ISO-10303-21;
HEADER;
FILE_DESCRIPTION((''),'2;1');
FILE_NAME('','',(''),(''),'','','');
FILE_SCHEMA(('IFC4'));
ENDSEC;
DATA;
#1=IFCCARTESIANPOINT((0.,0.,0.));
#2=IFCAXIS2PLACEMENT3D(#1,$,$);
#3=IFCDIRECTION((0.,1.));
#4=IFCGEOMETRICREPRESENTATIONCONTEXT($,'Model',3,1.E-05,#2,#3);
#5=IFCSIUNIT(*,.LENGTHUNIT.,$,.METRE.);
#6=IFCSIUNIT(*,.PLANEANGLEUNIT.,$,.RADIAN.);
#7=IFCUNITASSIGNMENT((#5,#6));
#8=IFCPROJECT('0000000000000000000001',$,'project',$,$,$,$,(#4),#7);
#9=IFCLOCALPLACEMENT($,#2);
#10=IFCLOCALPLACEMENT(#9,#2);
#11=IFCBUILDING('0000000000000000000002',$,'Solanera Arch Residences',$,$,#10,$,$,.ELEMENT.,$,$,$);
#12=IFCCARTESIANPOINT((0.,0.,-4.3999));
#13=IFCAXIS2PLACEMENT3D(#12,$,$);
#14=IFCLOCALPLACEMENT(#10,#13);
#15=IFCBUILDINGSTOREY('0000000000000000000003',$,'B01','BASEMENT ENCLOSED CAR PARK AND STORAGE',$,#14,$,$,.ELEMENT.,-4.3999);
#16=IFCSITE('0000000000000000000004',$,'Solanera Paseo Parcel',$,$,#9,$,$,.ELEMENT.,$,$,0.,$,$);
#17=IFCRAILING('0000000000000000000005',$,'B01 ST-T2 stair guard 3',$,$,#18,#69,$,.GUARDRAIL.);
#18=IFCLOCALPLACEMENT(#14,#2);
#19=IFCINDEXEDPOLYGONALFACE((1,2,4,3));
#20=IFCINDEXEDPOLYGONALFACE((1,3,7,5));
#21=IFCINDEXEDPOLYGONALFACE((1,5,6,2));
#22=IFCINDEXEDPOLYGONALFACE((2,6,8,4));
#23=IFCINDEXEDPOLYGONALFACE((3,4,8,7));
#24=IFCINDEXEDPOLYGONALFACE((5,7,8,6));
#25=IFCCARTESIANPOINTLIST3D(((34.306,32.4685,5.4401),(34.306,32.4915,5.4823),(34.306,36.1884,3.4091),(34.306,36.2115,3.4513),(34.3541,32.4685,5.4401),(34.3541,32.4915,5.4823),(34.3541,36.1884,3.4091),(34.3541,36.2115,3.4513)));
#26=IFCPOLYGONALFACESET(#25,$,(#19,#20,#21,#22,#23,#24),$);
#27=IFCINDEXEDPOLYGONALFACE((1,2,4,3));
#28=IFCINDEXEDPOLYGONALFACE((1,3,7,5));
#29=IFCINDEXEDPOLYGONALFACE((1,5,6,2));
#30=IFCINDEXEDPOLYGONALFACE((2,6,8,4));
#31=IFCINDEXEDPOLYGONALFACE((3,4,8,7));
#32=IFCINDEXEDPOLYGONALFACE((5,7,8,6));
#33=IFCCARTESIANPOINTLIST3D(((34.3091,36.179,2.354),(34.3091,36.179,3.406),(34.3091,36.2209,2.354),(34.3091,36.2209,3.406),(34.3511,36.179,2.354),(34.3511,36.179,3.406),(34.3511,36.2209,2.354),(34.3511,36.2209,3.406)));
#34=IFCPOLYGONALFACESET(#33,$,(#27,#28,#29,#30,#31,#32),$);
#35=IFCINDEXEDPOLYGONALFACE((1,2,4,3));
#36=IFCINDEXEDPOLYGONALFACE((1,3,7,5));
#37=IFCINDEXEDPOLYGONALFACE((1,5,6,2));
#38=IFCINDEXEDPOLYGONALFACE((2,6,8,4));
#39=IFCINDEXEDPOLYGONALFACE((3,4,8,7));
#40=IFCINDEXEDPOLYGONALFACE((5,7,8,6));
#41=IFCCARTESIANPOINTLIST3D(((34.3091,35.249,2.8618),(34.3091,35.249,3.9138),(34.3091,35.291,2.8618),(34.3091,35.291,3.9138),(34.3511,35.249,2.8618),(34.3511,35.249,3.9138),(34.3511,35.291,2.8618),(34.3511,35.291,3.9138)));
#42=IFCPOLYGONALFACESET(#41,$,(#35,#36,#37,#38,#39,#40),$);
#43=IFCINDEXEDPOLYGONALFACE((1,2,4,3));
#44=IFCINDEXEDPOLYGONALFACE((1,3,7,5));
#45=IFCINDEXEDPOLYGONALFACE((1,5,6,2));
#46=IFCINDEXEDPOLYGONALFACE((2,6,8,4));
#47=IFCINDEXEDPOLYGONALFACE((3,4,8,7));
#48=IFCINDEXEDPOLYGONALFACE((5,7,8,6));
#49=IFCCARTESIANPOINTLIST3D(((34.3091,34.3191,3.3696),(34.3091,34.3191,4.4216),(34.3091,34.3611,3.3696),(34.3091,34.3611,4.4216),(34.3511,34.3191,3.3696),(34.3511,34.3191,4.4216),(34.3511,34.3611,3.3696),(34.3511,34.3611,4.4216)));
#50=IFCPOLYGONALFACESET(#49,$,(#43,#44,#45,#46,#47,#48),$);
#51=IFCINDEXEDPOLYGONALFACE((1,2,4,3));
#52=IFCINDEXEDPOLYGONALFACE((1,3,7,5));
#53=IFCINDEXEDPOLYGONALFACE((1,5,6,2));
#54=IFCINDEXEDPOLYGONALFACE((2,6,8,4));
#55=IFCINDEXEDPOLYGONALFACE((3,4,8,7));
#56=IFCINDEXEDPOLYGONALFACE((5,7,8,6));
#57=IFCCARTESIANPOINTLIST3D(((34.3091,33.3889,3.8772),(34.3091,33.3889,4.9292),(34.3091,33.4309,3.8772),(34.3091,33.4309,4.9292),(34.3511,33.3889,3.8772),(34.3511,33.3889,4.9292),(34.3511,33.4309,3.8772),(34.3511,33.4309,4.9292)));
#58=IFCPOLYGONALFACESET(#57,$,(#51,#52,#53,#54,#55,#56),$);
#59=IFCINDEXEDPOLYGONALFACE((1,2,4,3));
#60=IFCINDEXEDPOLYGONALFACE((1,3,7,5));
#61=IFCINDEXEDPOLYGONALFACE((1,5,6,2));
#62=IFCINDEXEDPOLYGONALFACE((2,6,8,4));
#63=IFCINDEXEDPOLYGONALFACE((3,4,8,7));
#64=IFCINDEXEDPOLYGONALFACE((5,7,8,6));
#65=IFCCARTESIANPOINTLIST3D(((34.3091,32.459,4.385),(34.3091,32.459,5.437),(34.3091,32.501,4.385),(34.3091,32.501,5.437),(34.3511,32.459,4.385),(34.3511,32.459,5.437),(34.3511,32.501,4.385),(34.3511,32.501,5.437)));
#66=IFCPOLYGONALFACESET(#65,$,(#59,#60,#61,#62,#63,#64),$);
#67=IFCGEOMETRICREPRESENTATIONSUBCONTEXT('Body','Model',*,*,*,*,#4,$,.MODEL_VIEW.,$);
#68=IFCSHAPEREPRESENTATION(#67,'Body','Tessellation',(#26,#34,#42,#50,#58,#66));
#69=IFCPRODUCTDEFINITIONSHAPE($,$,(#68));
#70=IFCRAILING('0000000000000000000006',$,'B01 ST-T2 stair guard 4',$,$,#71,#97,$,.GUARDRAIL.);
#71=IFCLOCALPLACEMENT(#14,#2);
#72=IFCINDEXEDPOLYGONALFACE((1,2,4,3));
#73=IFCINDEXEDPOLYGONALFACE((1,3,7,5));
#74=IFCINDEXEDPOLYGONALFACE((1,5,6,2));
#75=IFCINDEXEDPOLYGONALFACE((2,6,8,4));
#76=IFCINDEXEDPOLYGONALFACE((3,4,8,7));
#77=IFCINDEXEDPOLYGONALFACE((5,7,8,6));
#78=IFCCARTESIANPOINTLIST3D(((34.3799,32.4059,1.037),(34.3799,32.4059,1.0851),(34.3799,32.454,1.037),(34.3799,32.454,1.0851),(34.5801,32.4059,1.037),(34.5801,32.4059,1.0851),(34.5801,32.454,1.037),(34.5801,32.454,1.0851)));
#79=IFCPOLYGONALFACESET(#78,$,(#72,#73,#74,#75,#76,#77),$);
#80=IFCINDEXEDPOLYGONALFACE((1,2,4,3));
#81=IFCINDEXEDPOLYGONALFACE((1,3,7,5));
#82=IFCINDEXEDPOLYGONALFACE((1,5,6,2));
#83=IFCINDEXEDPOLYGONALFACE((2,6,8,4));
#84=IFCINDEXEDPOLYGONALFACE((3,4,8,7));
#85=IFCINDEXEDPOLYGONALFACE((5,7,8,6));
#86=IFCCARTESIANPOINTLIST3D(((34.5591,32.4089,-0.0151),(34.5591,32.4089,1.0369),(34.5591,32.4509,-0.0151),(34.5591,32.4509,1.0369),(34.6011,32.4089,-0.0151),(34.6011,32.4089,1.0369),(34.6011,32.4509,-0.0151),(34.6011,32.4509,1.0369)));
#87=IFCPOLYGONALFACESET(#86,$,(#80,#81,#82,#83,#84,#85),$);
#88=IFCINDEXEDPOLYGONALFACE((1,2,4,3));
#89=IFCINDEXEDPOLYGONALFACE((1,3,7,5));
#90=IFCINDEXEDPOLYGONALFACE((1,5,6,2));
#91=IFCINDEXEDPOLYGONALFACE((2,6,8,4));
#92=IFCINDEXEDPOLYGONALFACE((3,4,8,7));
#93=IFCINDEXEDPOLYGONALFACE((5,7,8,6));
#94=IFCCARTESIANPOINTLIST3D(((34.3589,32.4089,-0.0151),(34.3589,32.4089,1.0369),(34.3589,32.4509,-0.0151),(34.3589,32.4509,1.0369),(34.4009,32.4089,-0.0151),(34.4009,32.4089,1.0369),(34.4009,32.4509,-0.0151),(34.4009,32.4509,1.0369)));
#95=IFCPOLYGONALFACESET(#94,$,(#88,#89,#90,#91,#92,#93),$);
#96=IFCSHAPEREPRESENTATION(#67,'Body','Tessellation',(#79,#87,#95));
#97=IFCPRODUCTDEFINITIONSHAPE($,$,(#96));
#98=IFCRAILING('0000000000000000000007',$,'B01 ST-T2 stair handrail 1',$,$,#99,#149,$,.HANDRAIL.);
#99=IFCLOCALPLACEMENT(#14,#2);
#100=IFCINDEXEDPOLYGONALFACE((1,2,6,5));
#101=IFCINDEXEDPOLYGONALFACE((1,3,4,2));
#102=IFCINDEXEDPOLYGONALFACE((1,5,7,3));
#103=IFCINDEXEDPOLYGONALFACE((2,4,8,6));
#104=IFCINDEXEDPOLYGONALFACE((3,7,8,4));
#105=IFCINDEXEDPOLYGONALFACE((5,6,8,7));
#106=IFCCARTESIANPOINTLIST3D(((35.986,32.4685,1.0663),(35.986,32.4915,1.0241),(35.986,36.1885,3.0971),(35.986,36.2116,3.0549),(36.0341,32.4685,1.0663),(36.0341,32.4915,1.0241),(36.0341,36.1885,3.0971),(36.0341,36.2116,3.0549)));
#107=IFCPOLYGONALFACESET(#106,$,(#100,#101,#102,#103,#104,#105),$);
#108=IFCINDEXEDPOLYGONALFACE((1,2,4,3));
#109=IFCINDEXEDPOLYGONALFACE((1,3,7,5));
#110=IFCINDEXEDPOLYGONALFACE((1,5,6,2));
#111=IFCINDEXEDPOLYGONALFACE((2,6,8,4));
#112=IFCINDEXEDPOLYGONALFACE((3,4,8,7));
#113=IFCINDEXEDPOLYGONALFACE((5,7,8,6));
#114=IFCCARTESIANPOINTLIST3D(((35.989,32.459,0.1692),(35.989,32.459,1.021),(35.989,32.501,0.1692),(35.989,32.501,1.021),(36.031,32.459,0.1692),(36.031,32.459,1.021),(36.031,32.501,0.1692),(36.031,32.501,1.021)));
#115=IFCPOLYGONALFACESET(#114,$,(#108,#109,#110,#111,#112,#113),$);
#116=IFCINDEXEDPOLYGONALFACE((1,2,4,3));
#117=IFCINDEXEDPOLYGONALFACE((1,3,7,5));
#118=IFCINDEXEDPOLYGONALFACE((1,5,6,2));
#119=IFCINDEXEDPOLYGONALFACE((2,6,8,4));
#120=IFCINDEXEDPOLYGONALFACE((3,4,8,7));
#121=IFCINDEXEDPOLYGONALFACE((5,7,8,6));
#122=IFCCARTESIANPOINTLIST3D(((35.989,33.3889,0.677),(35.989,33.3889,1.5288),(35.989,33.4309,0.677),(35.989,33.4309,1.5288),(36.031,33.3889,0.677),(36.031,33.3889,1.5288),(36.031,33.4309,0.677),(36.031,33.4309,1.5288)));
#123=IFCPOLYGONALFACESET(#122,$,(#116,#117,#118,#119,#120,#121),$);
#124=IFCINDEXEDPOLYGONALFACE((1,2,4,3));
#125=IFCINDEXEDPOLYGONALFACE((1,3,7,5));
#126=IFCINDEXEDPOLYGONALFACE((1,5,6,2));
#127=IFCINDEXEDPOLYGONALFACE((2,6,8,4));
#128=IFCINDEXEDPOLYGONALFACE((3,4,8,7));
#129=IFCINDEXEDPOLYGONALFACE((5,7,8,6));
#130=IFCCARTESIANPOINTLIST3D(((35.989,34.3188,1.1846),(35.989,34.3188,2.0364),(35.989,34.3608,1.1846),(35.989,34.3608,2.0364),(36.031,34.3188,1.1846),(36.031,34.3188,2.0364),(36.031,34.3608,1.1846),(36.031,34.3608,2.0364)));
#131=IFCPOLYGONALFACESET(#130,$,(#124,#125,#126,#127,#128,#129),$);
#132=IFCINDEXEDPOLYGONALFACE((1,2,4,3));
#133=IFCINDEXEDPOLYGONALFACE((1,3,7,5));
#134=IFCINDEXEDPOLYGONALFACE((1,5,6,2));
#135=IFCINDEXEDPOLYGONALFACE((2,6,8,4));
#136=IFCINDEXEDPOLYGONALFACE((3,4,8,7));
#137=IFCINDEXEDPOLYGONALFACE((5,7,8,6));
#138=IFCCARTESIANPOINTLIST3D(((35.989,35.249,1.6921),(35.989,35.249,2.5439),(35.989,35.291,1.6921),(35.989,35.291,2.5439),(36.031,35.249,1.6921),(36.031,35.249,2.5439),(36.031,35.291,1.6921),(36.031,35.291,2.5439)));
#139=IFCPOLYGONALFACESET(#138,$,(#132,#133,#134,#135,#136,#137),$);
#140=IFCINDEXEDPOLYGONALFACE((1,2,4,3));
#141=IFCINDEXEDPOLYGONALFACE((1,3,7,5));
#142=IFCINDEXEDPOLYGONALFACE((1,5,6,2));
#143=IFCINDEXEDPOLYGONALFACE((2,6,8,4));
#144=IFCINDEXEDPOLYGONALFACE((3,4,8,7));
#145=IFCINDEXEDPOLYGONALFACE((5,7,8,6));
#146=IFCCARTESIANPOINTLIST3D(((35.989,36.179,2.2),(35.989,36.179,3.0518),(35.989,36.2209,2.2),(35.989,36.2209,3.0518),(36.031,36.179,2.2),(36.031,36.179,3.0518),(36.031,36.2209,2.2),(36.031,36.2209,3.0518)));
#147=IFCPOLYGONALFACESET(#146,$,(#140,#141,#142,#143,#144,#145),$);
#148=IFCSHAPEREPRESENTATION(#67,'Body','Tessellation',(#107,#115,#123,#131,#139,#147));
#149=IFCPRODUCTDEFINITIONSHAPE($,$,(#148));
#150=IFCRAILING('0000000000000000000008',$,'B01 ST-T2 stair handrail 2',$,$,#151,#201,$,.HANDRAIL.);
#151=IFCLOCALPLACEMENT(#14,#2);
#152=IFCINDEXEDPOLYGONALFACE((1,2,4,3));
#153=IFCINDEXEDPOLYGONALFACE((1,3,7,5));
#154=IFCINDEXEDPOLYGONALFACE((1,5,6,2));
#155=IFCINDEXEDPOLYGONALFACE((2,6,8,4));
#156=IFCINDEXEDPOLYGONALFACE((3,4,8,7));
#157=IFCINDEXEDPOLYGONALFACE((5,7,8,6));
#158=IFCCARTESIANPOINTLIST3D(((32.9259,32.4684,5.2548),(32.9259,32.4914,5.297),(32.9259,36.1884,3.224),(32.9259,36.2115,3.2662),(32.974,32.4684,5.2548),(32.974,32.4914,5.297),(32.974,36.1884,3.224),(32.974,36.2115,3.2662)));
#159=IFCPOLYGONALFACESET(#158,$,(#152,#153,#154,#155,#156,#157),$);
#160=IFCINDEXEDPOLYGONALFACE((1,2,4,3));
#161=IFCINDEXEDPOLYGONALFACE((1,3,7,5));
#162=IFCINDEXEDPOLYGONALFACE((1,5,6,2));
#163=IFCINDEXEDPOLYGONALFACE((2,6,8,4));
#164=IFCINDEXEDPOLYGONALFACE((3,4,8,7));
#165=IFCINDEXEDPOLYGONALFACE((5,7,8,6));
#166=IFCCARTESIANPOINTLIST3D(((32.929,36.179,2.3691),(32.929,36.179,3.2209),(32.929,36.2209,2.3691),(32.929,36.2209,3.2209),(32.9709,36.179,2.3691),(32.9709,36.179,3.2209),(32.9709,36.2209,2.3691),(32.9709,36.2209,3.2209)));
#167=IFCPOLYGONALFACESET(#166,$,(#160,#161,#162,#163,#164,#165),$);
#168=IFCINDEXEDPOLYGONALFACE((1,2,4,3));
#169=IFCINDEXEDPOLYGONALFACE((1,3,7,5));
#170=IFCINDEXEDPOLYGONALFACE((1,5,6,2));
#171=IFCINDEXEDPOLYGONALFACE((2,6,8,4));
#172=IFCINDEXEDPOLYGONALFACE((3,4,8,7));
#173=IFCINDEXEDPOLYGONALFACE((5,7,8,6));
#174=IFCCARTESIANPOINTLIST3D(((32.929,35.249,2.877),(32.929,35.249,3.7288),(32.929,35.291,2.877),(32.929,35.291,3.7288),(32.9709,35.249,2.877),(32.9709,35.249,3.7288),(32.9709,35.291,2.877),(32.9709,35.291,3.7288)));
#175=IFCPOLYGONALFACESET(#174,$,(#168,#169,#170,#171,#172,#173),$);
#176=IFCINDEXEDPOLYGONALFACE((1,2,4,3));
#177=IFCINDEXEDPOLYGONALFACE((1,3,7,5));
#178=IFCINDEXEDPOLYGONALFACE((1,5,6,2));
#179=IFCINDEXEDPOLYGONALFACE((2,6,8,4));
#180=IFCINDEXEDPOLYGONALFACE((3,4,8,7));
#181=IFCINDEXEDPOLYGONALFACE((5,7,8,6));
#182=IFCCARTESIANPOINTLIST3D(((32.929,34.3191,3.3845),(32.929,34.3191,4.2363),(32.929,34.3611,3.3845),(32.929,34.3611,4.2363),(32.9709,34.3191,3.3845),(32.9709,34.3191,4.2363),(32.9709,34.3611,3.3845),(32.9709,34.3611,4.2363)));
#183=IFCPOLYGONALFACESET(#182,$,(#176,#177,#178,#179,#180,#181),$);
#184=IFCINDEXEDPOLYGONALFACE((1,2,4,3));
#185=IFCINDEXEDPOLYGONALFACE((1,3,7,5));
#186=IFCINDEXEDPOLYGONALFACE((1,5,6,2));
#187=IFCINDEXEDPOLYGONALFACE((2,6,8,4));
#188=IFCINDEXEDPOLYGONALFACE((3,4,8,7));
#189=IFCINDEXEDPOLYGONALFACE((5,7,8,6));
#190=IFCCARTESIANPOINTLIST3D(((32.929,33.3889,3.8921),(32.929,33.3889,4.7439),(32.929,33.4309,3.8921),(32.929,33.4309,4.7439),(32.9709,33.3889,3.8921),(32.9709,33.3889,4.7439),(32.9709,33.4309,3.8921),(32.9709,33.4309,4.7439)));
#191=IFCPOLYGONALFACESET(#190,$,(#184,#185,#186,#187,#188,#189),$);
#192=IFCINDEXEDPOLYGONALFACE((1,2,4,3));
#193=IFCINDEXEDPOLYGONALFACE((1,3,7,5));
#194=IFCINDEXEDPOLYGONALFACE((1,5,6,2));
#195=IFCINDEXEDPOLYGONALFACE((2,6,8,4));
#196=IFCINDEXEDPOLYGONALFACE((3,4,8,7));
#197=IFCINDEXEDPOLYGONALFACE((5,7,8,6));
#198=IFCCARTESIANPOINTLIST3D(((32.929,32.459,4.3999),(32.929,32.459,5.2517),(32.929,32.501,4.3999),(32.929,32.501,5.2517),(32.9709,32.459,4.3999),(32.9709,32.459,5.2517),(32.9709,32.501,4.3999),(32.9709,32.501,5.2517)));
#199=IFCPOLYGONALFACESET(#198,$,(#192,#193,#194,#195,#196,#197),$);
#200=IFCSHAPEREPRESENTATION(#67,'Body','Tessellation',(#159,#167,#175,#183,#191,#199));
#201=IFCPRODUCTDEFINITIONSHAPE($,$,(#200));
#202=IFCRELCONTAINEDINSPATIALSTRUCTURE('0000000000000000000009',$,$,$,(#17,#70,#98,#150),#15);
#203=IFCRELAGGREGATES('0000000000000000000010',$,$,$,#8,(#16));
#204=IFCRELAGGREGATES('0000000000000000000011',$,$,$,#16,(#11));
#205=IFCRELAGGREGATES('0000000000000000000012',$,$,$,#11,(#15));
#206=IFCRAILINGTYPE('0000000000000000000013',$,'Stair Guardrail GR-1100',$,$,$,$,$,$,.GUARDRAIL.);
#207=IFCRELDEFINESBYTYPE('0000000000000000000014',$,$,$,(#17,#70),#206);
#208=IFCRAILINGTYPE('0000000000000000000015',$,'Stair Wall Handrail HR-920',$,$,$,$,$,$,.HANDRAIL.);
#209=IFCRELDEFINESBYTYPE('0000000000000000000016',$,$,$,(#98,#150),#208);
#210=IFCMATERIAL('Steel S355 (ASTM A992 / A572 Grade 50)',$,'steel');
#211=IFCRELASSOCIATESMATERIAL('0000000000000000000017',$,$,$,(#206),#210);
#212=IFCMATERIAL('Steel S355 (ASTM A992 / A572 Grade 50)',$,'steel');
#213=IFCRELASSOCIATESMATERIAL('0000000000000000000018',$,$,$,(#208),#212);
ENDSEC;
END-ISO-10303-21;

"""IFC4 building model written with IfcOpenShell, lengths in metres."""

from ifc_helpers import new_model, si_unit, direction, frame, origin, origin_2d, place, context, subcontext, project, spatial, rectangle, extrude, material, type_object, element, save


model = new_model("IFC4")

# Units and contexts
model_context = context("Model", 3, precision=1e-05, world=origin(), true_north=direction((0.0, 1.0)))
body_context = subcontext(model_context, "Body", "Model", "MODEL_VIEW")
ifc_project = project(units=[si_unit("LENGTHUNIT", "METRE"), si_unit("PLANEANGLEUNIT", "RADIAN")], contexts=[model_context])

# Site, building, storey
site_placement = place(None, origin())
site = spatial("IfcSite", under=ifc_project, at=site_placement, Name="Solanera Paseo Parcel", CompositionType="ELEMENT", RefElevation=0.0)
building_placement = place(site_placement, origin())
building = spatial("IfcBuilding", under=site, at=building_placement, Name="Solanera Arch Residences", CompositionType="ELEMENT")
storey_placement = place(building_placement, frame((0.0, 0.0, -4.3999)))
storey = spatial("IfcBuildingStorey", under=building, at=storey_placement, Name="B01", Description="BASEMENT ENCLOSED CAR PARK AND STORAGE", CompositionType="ELEMENT", Elevation=-4.3999)

# Railings
ifc_material_1 = material(Name="Steel S355 (ASTM A992 / A572 Grade 50)", Category="steel")
railing_type_1 = type_object("IfcRailingType", Name="Stair Guardrail GR-1100", PredefinedType="GUARDRAIL", material=ifc_material_1)
railing_1_placement = place(storey_placement, frame((34.3301, 36.2, 2.354)))
element("IfcRailing", 1, at=railing_1_placement, inside=storey, type_object=railing_type_1, Name="B01 ST-T2 stair guard 3", PredefinedType="GUARDRAIL", context=body_context, shape_type="SweptSolid", body=[
    extrude(rectangle(XDim=0.0481, YDim=0.0481, at=origin_2d()), frame((0.0, 0.0, 1.0762), z_axis=(0.0, -0.877704, 0.479203), x_axis=(1.0, 0.0, 0.0)), (0.0, 0.0, 1.0), 4.2383),
    extrude(rectangle(XDim=0.042, YDim=0.042, at=origin_2d()), origin(), (0.0, 0.0, 1.0), 1.052),
    extrude(rectangle(XDim=0.042, YDim=0.042, at=origin_2d()), frame((0.0, -0.9299, 0.5078)), (0.0, 0.0, 1.0), 1.052),
    extrude(rectangle(XDim=0.042, YDim=0.042, at=origin_2d()), frame((0.0, -1.8599, 1.0156)), (0.0, 0.0, 1.0), 1.052),
    extrude(rectangle(XDim=0.042, YDim=0.042, at=origin_2d()), frame((0.0, -2.79, 1.5232)), (0.0, 0.0, 1.0), 1.052),
    extrude(rectangle(XDim=0.042, YDim=0.042, at=origin_2d()), frame((0.0, -3.72, 2.031)), (0.0, 0.0, 1.0), 1.052),
])
railing_2_placement = place(storey_placement, frame((34.5801, 32.4299, -0.0151)))
element("IfcRailing", 2, at=railing_2_placement, inside=storey, type_object=railing_type_1, Name="B01 ST-T2 stair guard 4", PredefinedType="GUARDRAIL", context=body_context, shape_type="SweptSolid", body=[
    extrude(rectangle(XDim=0.0481, YDim=0.0481, at=origin_2d()), frame((0.0, 0.0, 1.0762), z_axis=(-1.0, 0.0, 0.0), x_axis=(0.0, -1.0, 0.0)), (0.0, 0.0, 1.0), 0.2002),
    extrude(rectangle(XDim=0.042, YDim=0.042, at=origin_2d()), origin(), (0.0, 0.0, 1.0), 1.052),
    extrude(rectangle(XDim=0.042, YDim=0.042, at=origin_2d()), frame((-0.2002, 0.0, 0.0)), (0.0, 0.0, 1.0), 1.052),
])
ifc_material_2 = material(Name="Steel S355 (ASTM A992 / A572 Grade 50)", Category="steel")
railing_type_2 = type_object("IfcRailingType", Name="Stair Wall Handrail HR-920", PredefinedType="HANDRAIL", material=ifc_material_2)
railing_3_placement = place(storey_placement, frame((36.01, 32.48, 0.1692)))
element("IfcRailing", 3, at=railing_3_placement, inside=storey, type_object=railing_type_2, Name="B01 ST-T2 stair handrail 1", PredefinedType="HANDRAIL", context=body_context, shape_type="SweptSolid", body=[
    extrude(rectangle(XDim=0.0481, YDim=0.0481, at=origin_2d()), frame((0.0, 0.0, 0.876), z_axis=(0.0, 0.877728, 0.479159), x_axis=(-1.0, 0.0, 0.0)), (0.0, 0.0, 1.0), 4.2383),
    extrude(rectangle(XDim=0.042, YDim=0.042, at=origin_2d()), origin(), (0.0, 0.0, 1.0), 0.8518),
    extrude(rectangle(XDim=0.042, YDim=0.042, at=origin_2d()), frame((0.0, 0.9299, 0.5078)), (0.0, 0.0, 1.0), 0.8518),
    extrude(rectangle(XDim=0.042, YDim=0.042, at=origin_2d()), frame((0.0, 1.8599, 1.0154)), (0.0, 0.0, 1.0), 0.8518),
    extrude(rectangle(XDim=0.042, YDim=0.042, at=origin_2d()), frame((0.0, 2.79, 1.5229)), (0.0, 0.0, 1.0), 0.8518),
    extrude(rectangle(XDim=0.042, YDim=0.042, at=origin_2d()), frame((0.0, 3.72, 2.0308)), (0.0, 0.0, 1.0), 0.8518),
])
railing_4_placement = place(storey_placement, frame((32.95, 36.2, 2.3691)))
element("IfcRailing", 4, at=railing_4_placement, inside=storey, type_object=railing_type_2, Name="B01 ST-T2 stair handrail 2", PredefinedType="HANDRAIL", context=body_context, shape_type="SweptSolid", body=[
    extrude(rectangle(XDim=0.0481, YDim=0.0481, at=origin_2d()), frame((0.0, 0.0, 0.876), z_axis=(0.0, -0.877728, 0.479159), x_axis=(1.0, 0.0, 0.0)), (0.0, 0.0, 1.0), 4.2383),
    extrude(rectangle(XDim=0.042, YDim=0.042, at=origin_2d()), origin(), (0.0, 0.0, 1.0), 0.8518),
    extrude(rectangle(XDim=0.042, YDim=0.042, at=origin_2d()), frame((0.0, -0.9299, 0.5078)), (0.0, 0.0, 1.0), 0.8518),
    extrude(rectangle(XDim=0.042, YDim=0.042, at=origin_2d()), frame((0.0, -1.8599, 1.0154)), (0.0, 0.0, 1.0), 0.8518),
    extrude(rectangle(XDim=0.042, YDim=0.042, at=origin_2d()), frame((0.0, -2.79, 1.5229)), (0.0, 0.0, 1.0), 0.8518),
    extrude(rectangle(XDim=0.042, YDim=0.042, at=origin_2d()), frame((0.0, -3.72, 2.0308)), (0.0, 0.0, 1.0), 0.8518),
])

save(model, "model.ifc")
